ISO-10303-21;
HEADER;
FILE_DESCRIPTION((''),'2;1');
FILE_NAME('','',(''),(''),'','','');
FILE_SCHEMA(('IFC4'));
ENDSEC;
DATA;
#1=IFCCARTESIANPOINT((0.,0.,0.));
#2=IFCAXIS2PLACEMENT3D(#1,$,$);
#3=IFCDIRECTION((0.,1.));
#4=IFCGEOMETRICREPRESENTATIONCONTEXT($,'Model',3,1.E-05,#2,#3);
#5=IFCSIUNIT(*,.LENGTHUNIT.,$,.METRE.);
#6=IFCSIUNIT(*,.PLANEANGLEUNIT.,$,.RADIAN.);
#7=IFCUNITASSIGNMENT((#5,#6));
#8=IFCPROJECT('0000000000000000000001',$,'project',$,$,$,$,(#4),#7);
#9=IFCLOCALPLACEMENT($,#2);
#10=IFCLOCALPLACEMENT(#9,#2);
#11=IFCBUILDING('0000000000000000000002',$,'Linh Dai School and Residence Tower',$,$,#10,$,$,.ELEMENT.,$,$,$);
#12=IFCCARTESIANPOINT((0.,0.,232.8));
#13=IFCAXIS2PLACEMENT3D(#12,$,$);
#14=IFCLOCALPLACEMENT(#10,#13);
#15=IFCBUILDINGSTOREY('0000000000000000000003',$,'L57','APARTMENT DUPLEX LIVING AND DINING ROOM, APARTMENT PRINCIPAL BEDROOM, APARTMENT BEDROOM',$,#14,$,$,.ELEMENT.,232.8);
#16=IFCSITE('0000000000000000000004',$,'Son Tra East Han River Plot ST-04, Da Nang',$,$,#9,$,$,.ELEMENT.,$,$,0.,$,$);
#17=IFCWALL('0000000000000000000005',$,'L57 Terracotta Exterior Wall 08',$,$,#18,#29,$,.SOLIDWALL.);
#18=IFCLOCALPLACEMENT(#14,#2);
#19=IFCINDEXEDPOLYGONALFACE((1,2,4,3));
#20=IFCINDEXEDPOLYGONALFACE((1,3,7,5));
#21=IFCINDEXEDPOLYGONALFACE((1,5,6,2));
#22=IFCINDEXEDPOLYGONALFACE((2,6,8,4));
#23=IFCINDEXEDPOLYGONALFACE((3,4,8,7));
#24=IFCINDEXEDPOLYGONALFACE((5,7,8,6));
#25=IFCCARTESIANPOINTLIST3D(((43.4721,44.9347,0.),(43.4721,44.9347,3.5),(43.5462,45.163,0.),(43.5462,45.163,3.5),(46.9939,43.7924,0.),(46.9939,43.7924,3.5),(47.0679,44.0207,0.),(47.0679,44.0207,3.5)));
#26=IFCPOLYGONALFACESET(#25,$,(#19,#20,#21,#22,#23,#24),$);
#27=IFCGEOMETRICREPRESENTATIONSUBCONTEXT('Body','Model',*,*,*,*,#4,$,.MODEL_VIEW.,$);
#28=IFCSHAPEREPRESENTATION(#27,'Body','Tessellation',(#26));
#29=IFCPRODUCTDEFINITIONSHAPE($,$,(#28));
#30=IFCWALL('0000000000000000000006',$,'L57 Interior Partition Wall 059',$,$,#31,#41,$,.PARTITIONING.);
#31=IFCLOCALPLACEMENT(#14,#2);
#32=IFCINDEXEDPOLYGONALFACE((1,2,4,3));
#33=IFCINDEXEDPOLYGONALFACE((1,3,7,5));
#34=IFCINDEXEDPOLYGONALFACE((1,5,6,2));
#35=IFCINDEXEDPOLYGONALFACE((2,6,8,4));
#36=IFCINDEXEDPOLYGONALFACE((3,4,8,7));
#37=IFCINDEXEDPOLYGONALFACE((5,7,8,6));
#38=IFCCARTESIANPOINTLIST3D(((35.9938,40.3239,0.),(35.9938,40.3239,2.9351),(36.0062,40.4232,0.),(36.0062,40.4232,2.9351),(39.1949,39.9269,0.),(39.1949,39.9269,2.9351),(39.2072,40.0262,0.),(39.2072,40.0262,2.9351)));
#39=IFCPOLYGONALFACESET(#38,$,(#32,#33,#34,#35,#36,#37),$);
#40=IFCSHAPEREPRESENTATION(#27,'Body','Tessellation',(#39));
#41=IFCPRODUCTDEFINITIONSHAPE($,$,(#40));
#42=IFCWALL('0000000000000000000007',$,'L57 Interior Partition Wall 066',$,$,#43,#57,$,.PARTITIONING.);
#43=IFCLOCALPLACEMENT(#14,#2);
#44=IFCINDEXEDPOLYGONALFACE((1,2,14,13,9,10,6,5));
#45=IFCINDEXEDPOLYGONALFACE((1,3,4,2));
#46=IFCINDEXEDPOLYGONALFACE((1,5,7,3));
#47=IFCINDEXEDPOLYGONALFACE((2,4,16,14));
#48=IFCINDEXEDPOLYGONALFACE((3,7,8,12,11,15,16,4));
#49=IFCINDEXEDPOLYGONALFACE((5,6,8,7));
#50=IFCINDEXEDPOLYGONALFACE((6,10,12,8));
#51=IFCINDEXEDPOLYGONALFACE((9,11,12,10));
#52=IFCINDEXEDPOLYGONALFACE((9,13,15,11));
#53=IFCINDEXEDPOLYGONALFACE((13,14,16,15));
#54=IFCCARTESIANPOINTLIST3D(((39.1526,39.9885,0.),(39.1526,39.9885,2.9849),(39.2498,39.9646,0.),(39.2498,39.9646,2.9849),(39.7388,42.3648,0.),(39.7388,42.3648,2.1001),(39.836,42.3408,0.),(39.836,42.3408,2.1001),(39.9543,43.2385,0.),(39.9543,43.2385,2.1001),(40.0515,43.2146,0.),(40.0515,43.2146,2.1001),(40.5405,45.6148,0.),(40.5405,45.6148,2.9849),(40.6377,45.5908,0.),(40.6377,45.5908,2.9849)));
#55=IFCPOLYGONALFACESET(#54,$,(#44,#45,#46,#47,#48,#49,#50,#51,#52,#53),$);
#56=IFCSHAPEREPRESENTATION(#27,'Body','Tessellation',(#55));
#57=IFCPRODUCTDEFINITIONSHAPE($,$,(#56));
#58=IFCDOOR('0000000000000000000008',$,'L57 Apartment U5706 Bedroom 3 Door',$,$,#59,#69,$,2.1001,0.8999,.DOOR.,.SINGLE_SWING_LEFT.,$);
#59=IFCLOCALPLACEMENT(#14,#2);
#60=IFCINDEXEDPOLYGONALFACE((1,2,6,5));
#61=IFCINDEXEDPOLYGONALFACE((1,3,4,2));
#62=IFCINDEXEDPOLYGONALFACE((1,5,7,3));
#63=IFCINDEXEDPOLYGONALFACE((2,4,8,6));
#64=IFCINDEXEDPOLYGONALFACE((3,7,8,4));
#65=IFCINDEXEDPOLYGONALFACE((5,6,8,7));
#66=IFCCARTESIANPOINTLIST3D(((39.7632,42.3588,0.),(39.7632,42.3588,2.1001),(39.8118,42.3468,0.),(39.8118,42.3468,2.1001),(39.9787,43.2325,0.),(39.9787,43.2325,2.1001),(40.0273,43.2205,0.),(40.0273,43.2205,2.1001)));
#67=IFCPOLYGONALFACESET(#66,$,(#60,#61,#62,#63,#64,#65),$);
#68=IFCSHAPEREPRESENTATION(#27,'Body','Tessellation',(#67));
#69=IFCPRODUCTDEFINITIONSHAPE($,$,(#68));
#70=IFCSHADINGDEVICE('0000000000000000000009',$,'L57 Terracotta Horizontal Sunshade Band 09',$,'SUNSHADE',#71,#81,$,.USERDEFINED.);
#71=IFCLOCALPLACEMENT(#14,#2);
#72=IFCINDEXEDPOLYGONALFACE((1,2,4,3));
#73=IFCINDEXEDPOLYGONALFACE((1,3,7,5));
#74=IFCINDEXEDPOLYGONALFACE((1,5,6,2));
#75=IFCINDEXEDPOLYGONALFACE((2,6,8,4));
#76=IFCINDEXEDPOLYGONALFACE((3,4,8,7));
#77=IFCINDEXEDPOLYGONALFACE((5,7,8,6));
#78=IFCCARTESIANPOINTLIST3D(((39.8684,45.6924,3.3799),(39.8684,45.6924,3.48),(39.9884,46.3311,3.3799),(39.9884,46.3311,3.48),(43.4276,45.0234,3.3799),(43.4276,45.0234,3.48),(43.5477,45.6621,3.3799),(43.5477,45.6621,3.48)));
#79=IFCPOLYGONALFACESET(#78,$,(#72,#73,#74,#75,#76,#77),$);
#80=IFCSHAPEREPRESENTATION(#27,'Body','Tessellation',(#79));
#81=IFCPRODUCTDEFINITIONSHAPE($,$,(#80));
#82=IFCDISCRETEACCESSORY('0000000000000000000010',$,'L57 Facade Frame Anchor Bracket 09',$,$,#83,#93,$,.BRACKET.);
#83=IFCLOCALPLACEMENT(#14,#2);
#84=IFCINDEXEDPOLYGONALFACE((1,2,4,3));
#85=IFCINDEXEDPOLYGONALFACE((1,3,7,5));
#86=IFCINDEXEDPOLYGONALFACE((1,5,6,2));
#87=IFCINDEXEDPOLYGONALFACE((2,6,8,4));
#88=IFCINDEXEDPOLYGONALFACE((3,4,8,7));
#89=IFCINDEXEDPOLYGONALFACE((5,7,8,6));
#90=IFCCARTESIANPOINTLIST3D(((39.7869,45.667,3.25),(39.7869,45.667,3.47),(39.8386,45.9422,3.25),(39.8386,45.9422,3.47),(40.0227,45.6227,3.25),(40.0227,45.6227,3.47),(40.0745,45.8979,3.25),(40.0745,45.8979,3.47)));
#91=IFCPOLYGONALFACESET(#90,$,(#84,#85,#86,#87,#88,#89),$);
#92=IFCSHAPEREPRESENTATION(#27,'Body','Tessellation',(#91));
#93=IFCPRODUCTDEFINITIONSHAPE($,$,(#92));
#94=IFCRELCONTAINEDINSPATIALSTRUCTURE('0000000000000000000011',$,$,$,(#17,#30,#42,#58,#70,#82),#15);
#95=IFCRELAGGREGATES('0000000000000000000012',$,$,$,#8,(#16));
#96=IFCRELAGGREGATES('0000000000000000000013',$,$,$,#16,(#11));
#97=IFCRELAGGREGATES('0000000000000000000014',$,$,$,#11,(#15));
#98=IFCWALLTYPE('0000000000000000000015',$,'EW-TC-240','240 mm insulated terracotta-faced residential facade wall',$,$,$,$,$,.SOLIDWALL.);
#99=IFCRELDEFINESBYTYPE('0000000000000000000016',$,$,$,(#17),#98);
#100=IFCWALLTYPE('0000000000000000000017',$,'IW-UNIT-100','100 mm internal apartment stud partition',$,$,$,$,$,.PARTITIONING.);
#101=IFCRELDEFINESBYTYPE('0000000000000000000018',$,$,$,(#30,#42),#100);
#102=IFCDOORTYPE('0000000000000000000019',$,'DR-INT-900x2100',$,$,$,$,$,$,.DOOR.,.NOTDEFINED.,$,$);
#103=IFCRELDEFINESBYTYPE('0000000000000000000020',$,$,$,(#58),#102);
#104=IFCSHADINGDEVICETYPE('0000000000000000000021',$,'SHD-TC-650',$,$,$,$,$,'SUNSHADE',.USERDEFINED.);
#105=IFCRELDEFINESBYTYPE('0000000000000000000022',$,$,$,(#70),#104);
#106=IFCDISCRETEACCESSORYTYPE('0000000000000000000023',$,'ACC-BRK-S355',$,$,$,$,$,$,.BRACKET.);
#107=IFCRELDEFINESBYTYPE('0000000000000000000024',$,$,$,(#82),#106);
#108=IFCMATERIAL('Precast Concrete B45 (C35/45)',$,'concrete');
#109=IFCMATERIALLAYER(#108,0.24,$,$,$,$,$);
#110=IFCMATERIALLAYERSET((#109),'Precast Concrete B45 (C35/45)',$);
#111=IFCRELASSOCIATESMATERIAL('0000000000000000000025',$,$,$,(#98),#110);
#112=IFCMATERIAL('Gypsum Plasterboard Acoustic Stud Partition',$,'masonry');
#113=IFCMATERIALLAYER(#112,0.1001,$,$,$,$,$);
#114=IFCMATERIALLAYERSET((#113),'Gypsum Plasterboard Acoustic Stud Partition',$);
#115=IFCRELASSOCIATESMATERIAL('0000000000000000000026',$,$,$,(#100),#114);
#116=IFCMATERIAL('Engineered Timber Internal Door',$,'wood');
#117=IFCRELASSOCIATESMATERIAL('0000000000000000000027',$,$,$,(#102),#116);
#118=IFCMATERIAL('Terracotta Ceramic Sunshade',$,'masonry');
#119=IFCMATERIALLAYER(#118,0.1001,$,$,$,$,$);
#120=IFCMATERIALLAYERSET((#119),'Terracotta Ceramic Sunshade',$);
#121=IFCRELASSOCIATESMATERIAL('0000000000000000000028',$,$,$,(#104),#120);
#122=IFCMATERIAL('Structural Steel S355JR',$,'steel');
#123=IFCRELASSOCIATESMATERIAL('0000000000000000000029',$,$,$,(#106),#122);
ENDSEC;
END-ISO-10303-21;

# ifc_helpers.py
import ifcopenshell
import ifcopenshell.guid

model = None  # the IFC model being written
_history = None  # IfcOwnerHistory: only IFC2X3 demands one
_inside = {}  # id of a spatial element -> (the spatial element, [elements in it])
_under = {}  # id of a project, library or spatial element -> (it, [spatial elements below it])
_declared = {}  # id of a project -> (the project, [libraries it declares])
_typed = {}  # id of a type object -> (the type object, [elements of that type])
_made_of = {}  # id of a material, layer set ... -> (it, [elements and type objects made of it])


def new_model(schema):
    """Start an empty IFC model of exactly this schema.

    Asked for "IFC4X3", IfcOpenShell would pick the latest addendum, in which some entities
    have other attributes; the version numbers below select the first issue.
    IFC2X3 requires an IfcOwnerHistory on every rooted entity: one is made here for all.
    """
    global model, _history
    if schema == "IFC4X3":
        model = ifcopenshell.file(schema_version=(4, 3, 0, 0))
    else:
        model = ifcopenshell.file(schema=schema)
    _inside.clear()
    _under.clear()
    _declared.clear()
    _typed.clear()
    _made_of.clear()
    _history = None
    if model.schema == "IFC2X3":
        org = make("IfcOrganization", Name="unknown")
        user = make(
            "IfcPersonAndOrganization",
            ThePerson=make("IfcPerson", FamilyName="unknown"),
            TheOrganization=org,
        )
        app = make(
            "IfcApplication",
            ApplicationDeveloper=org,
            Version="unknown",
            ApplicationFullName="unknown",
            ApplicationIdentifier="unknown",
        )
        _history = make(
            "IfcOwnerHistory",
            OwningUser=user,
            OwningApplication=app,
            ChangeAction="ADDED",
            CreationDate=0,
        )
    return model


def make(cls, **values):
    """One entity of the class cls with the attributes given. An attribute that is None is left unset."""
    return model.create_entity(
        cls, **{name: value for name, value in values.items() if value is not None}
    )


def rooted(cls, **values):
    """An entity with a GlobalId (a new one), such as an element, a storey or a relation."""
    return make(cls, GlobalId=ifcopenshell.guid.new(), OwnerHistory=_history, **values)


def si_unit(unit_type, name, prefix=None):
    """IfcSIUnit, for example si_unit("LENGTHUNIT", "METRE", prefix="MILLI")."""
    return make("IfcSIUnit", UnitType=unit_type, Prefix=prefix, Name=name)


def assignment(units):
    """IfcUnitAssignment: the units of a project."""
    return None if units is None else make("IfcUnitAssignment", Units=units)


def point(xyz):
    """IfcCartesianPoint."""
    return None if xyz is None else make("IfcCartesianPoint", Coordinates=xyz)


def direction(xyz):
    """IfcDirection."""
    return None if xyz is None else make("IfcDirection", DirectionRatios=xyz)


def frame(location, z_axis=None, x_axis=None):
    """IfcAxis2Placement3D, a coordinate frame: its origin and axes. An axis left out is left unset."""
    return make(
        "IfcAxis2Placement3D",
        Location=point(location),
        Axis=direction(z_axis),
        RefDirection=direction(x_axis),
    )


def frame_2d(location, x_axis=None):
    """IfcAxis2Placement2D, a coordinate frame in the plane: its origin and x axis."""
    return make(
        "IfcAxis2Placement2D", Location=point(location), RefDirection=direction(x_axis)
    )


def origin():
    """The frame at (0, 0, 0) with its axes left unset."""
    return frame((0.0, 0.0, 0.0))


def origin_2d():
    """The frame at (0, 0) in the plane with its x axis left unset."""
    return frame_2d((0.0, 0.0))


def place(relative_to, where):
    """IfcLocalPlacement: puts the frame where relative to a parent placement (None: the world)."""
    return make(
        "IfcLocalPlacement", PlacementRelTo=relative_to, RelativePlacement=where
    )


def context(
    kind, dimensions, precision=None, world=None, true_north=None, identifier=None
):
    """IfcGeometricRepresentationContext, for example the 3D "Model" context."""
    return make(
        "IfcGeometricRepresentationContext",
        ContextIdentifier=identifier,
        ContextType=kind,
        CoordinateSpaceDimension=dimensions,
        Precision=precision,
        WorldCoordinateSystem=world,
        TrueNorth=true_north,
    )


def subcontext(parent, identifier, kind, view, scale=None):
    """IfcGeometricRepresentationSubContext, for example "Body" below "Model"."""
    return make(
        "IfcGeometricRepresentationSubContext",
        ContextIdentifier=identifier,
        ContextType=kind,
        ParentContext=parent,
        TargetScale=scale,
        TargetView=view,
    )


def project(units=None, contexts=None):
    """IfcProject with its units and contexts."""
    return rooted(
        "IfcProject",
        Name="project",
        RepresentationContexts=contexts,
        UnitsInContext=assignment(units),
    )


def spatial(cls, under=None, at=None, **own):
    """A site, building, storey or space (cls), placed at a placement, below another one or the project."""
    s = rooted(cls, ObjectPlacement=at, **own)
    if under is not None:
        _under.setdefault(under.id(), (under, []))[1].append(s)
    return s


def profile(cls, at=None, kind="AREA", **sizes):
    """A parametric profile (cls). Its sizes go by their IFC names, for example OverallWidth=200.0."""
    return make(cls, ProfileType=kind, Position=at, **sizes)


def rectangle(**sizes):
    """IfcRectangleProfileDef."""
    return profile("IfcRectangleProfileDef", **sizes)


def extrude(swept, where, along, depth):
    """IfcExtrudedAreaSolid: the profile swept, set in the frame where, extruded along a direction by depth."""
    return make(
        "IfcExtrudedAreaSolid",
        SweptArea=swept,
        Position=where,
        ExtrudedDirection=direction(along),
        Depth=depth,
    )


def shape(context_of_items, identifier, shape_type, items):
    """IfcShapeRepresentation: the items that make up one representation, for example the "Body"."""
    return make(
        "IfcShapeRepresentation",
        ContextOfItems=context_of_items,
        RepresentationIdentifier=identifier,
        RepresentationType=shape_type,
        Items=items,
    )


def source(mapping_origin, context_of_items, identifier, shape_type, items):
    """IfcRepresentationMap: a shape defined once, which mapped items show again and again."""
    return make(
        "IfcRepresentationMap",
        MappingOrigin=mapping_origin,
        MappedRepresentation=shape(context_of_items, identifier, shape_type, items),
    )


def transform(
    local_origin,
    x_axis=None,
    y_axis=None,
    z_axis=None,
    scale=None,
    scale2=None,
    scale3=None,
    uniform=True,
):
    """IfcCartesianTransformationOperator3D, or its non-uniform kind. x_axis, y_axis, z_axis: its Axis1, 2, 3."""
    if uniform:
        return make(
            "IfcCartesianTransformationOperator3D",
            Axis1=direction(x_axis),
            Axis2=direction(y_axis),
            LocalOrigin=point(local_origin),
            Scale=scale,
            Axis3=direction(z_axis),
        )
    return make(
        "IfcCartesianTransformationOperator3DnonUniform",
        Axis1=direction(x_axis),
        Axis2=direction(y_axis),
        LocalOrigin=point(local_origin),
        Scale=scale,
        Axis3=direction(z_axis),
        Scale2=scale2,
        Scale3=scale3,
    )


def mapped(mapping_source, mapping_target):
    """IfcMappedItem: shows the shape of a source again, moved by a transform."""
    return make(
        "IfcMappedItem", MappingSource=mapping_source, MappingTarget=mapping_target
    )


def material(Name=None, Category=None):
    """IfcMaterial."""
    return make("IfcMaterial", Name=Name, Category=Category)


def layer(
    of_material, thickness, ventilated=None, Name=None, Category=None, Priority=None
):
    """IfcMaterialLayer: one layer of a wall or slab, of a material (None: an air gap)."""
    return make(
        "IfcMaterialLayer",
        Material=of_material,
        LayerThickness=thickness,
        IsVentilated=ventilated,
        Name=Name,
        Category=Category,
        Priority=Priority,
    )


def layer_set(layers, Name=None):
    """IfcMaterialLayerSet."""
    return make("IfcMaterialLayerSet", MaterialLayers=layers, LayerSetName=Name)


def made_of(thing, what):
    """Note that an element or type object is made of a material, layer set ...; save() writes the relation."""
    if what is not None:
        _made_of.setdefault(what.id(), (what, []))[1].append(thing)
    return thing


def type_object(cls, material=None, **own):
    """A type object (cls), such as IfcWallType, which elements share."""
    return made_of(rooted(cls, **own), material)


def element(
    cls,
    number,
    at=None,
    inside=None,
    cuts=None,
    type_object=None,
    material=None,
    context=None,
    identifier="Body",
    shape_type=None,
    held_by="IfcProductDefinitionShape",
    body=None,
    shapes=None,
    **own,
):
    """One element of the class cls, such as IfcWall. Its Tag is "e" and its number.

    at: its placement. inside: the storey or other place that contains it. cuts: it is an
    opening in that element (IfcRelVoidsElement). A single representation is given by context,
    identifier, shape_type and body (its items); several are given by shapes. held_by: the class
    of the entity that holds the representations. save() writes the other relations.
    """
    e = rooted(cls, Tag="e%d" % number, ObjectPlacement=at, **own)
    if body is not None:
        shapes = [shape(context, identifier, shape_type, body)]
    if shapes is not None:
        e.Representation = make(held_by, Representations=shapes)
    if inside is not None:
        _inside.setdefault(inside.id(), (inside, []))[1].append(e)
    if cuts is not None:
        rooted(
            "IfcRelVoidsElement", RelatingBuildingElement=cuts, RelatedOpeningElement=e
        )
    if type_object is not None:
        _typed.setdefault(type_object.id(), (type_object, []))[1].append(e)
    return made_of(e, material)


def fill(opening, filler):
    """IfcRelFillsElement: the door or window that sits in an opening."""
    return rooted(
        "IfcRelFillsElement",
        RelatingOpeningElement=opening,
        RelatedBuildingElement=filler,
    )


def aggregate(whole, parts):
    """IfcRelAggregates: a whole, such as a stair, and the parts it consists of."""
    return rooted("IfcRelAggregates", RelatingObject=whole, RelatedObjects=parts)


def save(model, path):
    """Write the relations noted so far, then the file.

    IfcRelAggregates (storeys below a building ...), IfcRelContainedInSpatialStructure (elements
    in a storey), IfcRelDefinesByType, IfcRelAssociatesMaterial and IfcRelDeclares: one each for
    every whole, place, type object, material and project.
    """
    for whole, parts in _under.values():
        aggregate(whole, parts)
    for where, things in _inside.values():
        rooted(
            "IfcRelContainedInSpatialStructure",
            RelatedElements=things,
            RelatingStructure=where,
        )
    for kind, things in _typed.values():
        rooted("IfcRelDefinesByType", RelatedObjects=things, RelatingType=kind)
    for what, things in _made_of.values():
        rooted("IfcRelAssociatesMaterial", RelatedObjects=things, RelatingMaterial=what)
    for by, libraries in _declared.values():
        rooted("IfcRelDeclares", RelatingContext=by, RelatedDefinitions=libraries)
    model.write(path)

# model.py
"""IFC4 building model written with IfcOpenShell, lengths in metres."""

from ifc_helpers import new_model, si_unit, direction, frame, frame_2d, origin, origin_2d, place, context, subcontext, project, spatial, rectangle, extrude, source, transform, mapped, material, layer, layer_set, type_object, element, fill, save


model = new_model("IFC4")

# Units and contexts
model_context = context("Model", 3, precision=1e-05, world=origin(), true_north=direction((0.0, 1.0)))
body_context = subcontext(model_context, "Body", "Model", "MODEL_VIEW")
ifc_project = project(units=[si_unit("LENGTHUNIT", "METRE"), si_unit("PLANEANGLEUNIT", "RADIAN")], contexts=[model_context])

# Site, building, storey
site_placement = place(None, origin())
site = spatial("IfcSite", under=ifc_project, at=site_placement, Name="Son Tra East Han River Plot ST-04, Da Nang", CompositionType="ELEMENT", RefElevation=0.0)
building_placement = place(site_placement, origin())
building = spatial("IfcBuilding", under=site, at=building_placement, Name="Linh Dai School and Residence Tower", CompositionType="ELEMENT")
storey_placement = place(building_placement, frame((0.0, 0.0, 232.8)))
storey = spatial("IfcBuildingStorey", under=building, at=storey_placement, Name="L57", Description="APARTMENT DUPLEX LIVING AND DINING ROOM, APARTMENT PRINCIPAL BEDROOM, APARTMENT BEDROOM", CompositionType="ELEMENT", Elevation=232.8)

# Shared definitions
ifc_material_1 = material(Name="Structural Steel S355JR", Category="steel")

# Shared definitions
ifc_material_2 = material(Name="Precast Concrete B45 (C35/45)", Category="concrete")

# Wall
ifc_layer_1 = layer(ifc_material_2, 0.24)
ifc_layer_set_1 = layer_set([ifc_layer_1], Name="Precast Concrete B45 (C35/45)")
wall_type_1 = type_object("IfcWallType", Name="EW-TC-240", Description="240 mm insulated terracotta-faced residential facade wall", PredefinedType="SOLIDWALL", material=ifc_layer_set_1)
wall_1_placement = place(storey_placement, frame((43.5093, 45.0488, 0.0), z_axis=(0.0, 0.0, 1.0), x_axis=(0.951211, -0.308542, 0.0)))
element("IfcWall", 1, at=wall_1_placement, inside=storey, type_object=wall_type_1, Name="L57 Terracotta Exterior Wall 08", PredefinedType="SOLIDWALL", context=body_context, shape_type="SweptSolid", body=[
    extrude(rectangle(XDim=3.7024, YDim=0.24, at=frame_2d((1.8511, 0.0))), origin(), (0.0, 0.0, 1.0), 3.5),
])

# Wall
ifc_material_3 = material(Name="Gypsum Plasterboard Acoustic Stud Partition", Category="masonry")
ifc_layer_2 = layer(ifc_material_3, 0.1001)
ifc_layer_set_2 = layer_set([ifc_layer_2], Name="Gypsum Plasterboard Acoustic Stud Partition")
wall_type_2 = type_object("IfcWallType", Name="IW-UNIT-100", Description="100 mm internal apartment stud partition", PredefinedType="PARTITIONING", material=ifc_layer_set_2)
wall_2_placement = place(storey_placement, frame((36.0, 40.3735, 0.0), z_axis=(0.0, 0.0, 1.0), x_axis=(0.992399, -0.123066, 0.0)))
element("IfcWall", 2, at=wall_2_placement, inside=storey, type_object=wall_type_2, Name="L57 Interior Partition Wall 059", PredefinedType="PARTITIONING", context=body_context, shape_type="SweptSolid", body=[
    extrude(rectangle(XDim=3.2256, YDim=0.1001, at=frame_2d((1.6128, 0.0))), origin(), (0.0, 0.0, 1.0), 2.9351),
])

# Wall, opening, door
wall_3_placement = place(storey_placement, frame((39.2012, 39.9766, 0.0), z_axis=(0.0, 0.0, 1.0), x_axis=(0.239511, 0.970894, 0.0)))
wall_3 = element("IfcWall", 3, at=wall_3_placement, inside=storey, type_object=wall_type_2, Name="L57 Interior Partition Wall 066", PredefinedType="PARTITIONING", context=body_context, shape_type="SweptSolid", body=[
    extrude(rectangle(XDim=5.7949, YDim=0.1001, at=frame_2d((2.8975, 0.0))), origin(), (0.0, 0.0, 1.0), 2.9849),
])
opening_1_placement = place(wall_3_placement, frame((2.4475, 0.0, 0.0)))
opening_1 = element("IfcOpeningElement", 4, at=opening_1_placement, cuts=wall_3, PredefinedType="OPENING", context=body_context, shape_type="SweptSolid", body=[
    extrude(rectangle(XDim=0.8999, YDim=2.1001, at=origin_2d()), frame((0.45, 0.0601, 1.05), z_axis=(0.0, -1.0, 0.0), x_axis=(1.0, 0.0, 0.0)), (0.0, 0.0, 1.0), 0.1201),
])
ifc_material_4 = material(Name="Engineered Timber Internal Door", Category="wood")
door_type_1 = type_object("IfcDoorType", Name="DR-INT-900x2100", OperationType="NOTDEFINED", PredefinedType="DOOR", material=ifc_material_4)
shared_shape_1 = source(origin(), body_context, "Body", "SweptSolid", [
    extrude(rectangle(XDim=0.8999, YDim=2.1001, at=origin_2d()), frame((0.45, 0.0249, 1.05), z_axis=(0.0, -1.0, 0.0), x_axis=(1.0, 0.0, 0.0)), (0.0, 0.0, 1.0), 0.05),
])
door_1_placement = place(opening_1_placement, origin())
door_1 = element("IfcDoor", 5, at=door_1_placement, inside=storey, type_object=door_type_1, Name="L57 Apartment U5706 Bedroom 3 Door", OperationType="SINGLE_SWING_LEFT", OverallHeight=2.1001, OverallWidth=0.8999, PredefinedType="DOOR", context=body_context, shape_type="MappedRepresentation", body=[
    mapped(shared_shape_1, transform((0.0, 0.0, 0.0), x_axis=(1.0, 0.0, 0.0), y_axis=(0.0, 1.0, 0.0), z_axis=(0.0, 0.0, 1.0), scale=1.0)),
])
fill(opening_1, door_1)

# Shading device
ifc_material_5 = material(Name="Terracotta Ceramic Sunshade", Category="masonry")
ifc_layer_3 = layer(ifc_material_5, 0.1001)
ifc_layer_set_3 = layer_set([ifc_layer_3], Name="Terracotta Ceramic Sunshade")
shading_device_type = type_object("IfcShadingDeviceType", Name="SHD-TC-650", ElementType="SUNSHADE", PredefinedType="USERDEFINED", material=ifc_layer_set_3)
shared_shape_2 = source(origin(), body_context, "Body", "SweptSolid", [
    extrude(rectangle(XDim=3.6216, YDim=0.6499, at=origin_2d()), origin(), (0.0, 0.0, 1.0), 0.1001),
])
shading_device_placement = place(storey_placement, frame((41.708, 45.6772, 3.3799), z_axis=(0.0, 0.0, 1.0), x_axis=(0.982787, -0.184744, 0.0)))
element("IfcShadingDevice", 6, at=shading_device_placement, inside=storey, type_object=shading_device_type, Name="L57 Terracotta Horizontal Sunshade Band 09", ObjectType="SUNSHADE", PredefinedType="USERDEFINED", context=body_context, shape_type="MappedRepresentation", body=[
    mapped(shared_shape_2, transform((0.0, 0.0, 0.0), x_axis=(1.0, 0.0, 0.0), y_axis=(0.0, 1.0, 0.0), z_axis=(0.0, 0.0, 1.0), scale=1.0)),
])

# Discrete accessory
discrete_accessory_type = type_object("IfcDiscreteAccessoryType", Name="ACC-BRK-S355", PredefinedType="BRACKET", material=ifc_material_1)
shared_shape_3 = source(origin(), body_context, "Body", "SweptSolid", [
    extrude(rectangle(XDim=0.28, YDim=0.24, at=origin_2d()), origin(), (0.0, 0.0, 1.0), 0.22),
])
discrete_accessory_placement = place(storey_placement, frame((39.9307, 45.7825, 3.25), z_axis=(0.0, 0.0, 1.0), x_axis=(0.184744, 0.982787, 0.0)))
element("IfcDiscreteAccessory", 7, at=discrete_accessory_placement, inside=storey, type_object=discrete_accessory_type, Name="L57 Facade Frame Anchor Bracket 09", PredefinedType="BRACKET", context=body_context, shape_type="MappedRepresentation", body=[
    mapped(shared_shape_3, transform((0.0, 0.0, 0.0), x_axis=(1.0, 0.0, 0.0), y_axis=(0.0, 1.0, 0.0), z_axis=(0.0, 0.0, 1.0), scale=1.0)),
])

save(model, "model.ifc")
